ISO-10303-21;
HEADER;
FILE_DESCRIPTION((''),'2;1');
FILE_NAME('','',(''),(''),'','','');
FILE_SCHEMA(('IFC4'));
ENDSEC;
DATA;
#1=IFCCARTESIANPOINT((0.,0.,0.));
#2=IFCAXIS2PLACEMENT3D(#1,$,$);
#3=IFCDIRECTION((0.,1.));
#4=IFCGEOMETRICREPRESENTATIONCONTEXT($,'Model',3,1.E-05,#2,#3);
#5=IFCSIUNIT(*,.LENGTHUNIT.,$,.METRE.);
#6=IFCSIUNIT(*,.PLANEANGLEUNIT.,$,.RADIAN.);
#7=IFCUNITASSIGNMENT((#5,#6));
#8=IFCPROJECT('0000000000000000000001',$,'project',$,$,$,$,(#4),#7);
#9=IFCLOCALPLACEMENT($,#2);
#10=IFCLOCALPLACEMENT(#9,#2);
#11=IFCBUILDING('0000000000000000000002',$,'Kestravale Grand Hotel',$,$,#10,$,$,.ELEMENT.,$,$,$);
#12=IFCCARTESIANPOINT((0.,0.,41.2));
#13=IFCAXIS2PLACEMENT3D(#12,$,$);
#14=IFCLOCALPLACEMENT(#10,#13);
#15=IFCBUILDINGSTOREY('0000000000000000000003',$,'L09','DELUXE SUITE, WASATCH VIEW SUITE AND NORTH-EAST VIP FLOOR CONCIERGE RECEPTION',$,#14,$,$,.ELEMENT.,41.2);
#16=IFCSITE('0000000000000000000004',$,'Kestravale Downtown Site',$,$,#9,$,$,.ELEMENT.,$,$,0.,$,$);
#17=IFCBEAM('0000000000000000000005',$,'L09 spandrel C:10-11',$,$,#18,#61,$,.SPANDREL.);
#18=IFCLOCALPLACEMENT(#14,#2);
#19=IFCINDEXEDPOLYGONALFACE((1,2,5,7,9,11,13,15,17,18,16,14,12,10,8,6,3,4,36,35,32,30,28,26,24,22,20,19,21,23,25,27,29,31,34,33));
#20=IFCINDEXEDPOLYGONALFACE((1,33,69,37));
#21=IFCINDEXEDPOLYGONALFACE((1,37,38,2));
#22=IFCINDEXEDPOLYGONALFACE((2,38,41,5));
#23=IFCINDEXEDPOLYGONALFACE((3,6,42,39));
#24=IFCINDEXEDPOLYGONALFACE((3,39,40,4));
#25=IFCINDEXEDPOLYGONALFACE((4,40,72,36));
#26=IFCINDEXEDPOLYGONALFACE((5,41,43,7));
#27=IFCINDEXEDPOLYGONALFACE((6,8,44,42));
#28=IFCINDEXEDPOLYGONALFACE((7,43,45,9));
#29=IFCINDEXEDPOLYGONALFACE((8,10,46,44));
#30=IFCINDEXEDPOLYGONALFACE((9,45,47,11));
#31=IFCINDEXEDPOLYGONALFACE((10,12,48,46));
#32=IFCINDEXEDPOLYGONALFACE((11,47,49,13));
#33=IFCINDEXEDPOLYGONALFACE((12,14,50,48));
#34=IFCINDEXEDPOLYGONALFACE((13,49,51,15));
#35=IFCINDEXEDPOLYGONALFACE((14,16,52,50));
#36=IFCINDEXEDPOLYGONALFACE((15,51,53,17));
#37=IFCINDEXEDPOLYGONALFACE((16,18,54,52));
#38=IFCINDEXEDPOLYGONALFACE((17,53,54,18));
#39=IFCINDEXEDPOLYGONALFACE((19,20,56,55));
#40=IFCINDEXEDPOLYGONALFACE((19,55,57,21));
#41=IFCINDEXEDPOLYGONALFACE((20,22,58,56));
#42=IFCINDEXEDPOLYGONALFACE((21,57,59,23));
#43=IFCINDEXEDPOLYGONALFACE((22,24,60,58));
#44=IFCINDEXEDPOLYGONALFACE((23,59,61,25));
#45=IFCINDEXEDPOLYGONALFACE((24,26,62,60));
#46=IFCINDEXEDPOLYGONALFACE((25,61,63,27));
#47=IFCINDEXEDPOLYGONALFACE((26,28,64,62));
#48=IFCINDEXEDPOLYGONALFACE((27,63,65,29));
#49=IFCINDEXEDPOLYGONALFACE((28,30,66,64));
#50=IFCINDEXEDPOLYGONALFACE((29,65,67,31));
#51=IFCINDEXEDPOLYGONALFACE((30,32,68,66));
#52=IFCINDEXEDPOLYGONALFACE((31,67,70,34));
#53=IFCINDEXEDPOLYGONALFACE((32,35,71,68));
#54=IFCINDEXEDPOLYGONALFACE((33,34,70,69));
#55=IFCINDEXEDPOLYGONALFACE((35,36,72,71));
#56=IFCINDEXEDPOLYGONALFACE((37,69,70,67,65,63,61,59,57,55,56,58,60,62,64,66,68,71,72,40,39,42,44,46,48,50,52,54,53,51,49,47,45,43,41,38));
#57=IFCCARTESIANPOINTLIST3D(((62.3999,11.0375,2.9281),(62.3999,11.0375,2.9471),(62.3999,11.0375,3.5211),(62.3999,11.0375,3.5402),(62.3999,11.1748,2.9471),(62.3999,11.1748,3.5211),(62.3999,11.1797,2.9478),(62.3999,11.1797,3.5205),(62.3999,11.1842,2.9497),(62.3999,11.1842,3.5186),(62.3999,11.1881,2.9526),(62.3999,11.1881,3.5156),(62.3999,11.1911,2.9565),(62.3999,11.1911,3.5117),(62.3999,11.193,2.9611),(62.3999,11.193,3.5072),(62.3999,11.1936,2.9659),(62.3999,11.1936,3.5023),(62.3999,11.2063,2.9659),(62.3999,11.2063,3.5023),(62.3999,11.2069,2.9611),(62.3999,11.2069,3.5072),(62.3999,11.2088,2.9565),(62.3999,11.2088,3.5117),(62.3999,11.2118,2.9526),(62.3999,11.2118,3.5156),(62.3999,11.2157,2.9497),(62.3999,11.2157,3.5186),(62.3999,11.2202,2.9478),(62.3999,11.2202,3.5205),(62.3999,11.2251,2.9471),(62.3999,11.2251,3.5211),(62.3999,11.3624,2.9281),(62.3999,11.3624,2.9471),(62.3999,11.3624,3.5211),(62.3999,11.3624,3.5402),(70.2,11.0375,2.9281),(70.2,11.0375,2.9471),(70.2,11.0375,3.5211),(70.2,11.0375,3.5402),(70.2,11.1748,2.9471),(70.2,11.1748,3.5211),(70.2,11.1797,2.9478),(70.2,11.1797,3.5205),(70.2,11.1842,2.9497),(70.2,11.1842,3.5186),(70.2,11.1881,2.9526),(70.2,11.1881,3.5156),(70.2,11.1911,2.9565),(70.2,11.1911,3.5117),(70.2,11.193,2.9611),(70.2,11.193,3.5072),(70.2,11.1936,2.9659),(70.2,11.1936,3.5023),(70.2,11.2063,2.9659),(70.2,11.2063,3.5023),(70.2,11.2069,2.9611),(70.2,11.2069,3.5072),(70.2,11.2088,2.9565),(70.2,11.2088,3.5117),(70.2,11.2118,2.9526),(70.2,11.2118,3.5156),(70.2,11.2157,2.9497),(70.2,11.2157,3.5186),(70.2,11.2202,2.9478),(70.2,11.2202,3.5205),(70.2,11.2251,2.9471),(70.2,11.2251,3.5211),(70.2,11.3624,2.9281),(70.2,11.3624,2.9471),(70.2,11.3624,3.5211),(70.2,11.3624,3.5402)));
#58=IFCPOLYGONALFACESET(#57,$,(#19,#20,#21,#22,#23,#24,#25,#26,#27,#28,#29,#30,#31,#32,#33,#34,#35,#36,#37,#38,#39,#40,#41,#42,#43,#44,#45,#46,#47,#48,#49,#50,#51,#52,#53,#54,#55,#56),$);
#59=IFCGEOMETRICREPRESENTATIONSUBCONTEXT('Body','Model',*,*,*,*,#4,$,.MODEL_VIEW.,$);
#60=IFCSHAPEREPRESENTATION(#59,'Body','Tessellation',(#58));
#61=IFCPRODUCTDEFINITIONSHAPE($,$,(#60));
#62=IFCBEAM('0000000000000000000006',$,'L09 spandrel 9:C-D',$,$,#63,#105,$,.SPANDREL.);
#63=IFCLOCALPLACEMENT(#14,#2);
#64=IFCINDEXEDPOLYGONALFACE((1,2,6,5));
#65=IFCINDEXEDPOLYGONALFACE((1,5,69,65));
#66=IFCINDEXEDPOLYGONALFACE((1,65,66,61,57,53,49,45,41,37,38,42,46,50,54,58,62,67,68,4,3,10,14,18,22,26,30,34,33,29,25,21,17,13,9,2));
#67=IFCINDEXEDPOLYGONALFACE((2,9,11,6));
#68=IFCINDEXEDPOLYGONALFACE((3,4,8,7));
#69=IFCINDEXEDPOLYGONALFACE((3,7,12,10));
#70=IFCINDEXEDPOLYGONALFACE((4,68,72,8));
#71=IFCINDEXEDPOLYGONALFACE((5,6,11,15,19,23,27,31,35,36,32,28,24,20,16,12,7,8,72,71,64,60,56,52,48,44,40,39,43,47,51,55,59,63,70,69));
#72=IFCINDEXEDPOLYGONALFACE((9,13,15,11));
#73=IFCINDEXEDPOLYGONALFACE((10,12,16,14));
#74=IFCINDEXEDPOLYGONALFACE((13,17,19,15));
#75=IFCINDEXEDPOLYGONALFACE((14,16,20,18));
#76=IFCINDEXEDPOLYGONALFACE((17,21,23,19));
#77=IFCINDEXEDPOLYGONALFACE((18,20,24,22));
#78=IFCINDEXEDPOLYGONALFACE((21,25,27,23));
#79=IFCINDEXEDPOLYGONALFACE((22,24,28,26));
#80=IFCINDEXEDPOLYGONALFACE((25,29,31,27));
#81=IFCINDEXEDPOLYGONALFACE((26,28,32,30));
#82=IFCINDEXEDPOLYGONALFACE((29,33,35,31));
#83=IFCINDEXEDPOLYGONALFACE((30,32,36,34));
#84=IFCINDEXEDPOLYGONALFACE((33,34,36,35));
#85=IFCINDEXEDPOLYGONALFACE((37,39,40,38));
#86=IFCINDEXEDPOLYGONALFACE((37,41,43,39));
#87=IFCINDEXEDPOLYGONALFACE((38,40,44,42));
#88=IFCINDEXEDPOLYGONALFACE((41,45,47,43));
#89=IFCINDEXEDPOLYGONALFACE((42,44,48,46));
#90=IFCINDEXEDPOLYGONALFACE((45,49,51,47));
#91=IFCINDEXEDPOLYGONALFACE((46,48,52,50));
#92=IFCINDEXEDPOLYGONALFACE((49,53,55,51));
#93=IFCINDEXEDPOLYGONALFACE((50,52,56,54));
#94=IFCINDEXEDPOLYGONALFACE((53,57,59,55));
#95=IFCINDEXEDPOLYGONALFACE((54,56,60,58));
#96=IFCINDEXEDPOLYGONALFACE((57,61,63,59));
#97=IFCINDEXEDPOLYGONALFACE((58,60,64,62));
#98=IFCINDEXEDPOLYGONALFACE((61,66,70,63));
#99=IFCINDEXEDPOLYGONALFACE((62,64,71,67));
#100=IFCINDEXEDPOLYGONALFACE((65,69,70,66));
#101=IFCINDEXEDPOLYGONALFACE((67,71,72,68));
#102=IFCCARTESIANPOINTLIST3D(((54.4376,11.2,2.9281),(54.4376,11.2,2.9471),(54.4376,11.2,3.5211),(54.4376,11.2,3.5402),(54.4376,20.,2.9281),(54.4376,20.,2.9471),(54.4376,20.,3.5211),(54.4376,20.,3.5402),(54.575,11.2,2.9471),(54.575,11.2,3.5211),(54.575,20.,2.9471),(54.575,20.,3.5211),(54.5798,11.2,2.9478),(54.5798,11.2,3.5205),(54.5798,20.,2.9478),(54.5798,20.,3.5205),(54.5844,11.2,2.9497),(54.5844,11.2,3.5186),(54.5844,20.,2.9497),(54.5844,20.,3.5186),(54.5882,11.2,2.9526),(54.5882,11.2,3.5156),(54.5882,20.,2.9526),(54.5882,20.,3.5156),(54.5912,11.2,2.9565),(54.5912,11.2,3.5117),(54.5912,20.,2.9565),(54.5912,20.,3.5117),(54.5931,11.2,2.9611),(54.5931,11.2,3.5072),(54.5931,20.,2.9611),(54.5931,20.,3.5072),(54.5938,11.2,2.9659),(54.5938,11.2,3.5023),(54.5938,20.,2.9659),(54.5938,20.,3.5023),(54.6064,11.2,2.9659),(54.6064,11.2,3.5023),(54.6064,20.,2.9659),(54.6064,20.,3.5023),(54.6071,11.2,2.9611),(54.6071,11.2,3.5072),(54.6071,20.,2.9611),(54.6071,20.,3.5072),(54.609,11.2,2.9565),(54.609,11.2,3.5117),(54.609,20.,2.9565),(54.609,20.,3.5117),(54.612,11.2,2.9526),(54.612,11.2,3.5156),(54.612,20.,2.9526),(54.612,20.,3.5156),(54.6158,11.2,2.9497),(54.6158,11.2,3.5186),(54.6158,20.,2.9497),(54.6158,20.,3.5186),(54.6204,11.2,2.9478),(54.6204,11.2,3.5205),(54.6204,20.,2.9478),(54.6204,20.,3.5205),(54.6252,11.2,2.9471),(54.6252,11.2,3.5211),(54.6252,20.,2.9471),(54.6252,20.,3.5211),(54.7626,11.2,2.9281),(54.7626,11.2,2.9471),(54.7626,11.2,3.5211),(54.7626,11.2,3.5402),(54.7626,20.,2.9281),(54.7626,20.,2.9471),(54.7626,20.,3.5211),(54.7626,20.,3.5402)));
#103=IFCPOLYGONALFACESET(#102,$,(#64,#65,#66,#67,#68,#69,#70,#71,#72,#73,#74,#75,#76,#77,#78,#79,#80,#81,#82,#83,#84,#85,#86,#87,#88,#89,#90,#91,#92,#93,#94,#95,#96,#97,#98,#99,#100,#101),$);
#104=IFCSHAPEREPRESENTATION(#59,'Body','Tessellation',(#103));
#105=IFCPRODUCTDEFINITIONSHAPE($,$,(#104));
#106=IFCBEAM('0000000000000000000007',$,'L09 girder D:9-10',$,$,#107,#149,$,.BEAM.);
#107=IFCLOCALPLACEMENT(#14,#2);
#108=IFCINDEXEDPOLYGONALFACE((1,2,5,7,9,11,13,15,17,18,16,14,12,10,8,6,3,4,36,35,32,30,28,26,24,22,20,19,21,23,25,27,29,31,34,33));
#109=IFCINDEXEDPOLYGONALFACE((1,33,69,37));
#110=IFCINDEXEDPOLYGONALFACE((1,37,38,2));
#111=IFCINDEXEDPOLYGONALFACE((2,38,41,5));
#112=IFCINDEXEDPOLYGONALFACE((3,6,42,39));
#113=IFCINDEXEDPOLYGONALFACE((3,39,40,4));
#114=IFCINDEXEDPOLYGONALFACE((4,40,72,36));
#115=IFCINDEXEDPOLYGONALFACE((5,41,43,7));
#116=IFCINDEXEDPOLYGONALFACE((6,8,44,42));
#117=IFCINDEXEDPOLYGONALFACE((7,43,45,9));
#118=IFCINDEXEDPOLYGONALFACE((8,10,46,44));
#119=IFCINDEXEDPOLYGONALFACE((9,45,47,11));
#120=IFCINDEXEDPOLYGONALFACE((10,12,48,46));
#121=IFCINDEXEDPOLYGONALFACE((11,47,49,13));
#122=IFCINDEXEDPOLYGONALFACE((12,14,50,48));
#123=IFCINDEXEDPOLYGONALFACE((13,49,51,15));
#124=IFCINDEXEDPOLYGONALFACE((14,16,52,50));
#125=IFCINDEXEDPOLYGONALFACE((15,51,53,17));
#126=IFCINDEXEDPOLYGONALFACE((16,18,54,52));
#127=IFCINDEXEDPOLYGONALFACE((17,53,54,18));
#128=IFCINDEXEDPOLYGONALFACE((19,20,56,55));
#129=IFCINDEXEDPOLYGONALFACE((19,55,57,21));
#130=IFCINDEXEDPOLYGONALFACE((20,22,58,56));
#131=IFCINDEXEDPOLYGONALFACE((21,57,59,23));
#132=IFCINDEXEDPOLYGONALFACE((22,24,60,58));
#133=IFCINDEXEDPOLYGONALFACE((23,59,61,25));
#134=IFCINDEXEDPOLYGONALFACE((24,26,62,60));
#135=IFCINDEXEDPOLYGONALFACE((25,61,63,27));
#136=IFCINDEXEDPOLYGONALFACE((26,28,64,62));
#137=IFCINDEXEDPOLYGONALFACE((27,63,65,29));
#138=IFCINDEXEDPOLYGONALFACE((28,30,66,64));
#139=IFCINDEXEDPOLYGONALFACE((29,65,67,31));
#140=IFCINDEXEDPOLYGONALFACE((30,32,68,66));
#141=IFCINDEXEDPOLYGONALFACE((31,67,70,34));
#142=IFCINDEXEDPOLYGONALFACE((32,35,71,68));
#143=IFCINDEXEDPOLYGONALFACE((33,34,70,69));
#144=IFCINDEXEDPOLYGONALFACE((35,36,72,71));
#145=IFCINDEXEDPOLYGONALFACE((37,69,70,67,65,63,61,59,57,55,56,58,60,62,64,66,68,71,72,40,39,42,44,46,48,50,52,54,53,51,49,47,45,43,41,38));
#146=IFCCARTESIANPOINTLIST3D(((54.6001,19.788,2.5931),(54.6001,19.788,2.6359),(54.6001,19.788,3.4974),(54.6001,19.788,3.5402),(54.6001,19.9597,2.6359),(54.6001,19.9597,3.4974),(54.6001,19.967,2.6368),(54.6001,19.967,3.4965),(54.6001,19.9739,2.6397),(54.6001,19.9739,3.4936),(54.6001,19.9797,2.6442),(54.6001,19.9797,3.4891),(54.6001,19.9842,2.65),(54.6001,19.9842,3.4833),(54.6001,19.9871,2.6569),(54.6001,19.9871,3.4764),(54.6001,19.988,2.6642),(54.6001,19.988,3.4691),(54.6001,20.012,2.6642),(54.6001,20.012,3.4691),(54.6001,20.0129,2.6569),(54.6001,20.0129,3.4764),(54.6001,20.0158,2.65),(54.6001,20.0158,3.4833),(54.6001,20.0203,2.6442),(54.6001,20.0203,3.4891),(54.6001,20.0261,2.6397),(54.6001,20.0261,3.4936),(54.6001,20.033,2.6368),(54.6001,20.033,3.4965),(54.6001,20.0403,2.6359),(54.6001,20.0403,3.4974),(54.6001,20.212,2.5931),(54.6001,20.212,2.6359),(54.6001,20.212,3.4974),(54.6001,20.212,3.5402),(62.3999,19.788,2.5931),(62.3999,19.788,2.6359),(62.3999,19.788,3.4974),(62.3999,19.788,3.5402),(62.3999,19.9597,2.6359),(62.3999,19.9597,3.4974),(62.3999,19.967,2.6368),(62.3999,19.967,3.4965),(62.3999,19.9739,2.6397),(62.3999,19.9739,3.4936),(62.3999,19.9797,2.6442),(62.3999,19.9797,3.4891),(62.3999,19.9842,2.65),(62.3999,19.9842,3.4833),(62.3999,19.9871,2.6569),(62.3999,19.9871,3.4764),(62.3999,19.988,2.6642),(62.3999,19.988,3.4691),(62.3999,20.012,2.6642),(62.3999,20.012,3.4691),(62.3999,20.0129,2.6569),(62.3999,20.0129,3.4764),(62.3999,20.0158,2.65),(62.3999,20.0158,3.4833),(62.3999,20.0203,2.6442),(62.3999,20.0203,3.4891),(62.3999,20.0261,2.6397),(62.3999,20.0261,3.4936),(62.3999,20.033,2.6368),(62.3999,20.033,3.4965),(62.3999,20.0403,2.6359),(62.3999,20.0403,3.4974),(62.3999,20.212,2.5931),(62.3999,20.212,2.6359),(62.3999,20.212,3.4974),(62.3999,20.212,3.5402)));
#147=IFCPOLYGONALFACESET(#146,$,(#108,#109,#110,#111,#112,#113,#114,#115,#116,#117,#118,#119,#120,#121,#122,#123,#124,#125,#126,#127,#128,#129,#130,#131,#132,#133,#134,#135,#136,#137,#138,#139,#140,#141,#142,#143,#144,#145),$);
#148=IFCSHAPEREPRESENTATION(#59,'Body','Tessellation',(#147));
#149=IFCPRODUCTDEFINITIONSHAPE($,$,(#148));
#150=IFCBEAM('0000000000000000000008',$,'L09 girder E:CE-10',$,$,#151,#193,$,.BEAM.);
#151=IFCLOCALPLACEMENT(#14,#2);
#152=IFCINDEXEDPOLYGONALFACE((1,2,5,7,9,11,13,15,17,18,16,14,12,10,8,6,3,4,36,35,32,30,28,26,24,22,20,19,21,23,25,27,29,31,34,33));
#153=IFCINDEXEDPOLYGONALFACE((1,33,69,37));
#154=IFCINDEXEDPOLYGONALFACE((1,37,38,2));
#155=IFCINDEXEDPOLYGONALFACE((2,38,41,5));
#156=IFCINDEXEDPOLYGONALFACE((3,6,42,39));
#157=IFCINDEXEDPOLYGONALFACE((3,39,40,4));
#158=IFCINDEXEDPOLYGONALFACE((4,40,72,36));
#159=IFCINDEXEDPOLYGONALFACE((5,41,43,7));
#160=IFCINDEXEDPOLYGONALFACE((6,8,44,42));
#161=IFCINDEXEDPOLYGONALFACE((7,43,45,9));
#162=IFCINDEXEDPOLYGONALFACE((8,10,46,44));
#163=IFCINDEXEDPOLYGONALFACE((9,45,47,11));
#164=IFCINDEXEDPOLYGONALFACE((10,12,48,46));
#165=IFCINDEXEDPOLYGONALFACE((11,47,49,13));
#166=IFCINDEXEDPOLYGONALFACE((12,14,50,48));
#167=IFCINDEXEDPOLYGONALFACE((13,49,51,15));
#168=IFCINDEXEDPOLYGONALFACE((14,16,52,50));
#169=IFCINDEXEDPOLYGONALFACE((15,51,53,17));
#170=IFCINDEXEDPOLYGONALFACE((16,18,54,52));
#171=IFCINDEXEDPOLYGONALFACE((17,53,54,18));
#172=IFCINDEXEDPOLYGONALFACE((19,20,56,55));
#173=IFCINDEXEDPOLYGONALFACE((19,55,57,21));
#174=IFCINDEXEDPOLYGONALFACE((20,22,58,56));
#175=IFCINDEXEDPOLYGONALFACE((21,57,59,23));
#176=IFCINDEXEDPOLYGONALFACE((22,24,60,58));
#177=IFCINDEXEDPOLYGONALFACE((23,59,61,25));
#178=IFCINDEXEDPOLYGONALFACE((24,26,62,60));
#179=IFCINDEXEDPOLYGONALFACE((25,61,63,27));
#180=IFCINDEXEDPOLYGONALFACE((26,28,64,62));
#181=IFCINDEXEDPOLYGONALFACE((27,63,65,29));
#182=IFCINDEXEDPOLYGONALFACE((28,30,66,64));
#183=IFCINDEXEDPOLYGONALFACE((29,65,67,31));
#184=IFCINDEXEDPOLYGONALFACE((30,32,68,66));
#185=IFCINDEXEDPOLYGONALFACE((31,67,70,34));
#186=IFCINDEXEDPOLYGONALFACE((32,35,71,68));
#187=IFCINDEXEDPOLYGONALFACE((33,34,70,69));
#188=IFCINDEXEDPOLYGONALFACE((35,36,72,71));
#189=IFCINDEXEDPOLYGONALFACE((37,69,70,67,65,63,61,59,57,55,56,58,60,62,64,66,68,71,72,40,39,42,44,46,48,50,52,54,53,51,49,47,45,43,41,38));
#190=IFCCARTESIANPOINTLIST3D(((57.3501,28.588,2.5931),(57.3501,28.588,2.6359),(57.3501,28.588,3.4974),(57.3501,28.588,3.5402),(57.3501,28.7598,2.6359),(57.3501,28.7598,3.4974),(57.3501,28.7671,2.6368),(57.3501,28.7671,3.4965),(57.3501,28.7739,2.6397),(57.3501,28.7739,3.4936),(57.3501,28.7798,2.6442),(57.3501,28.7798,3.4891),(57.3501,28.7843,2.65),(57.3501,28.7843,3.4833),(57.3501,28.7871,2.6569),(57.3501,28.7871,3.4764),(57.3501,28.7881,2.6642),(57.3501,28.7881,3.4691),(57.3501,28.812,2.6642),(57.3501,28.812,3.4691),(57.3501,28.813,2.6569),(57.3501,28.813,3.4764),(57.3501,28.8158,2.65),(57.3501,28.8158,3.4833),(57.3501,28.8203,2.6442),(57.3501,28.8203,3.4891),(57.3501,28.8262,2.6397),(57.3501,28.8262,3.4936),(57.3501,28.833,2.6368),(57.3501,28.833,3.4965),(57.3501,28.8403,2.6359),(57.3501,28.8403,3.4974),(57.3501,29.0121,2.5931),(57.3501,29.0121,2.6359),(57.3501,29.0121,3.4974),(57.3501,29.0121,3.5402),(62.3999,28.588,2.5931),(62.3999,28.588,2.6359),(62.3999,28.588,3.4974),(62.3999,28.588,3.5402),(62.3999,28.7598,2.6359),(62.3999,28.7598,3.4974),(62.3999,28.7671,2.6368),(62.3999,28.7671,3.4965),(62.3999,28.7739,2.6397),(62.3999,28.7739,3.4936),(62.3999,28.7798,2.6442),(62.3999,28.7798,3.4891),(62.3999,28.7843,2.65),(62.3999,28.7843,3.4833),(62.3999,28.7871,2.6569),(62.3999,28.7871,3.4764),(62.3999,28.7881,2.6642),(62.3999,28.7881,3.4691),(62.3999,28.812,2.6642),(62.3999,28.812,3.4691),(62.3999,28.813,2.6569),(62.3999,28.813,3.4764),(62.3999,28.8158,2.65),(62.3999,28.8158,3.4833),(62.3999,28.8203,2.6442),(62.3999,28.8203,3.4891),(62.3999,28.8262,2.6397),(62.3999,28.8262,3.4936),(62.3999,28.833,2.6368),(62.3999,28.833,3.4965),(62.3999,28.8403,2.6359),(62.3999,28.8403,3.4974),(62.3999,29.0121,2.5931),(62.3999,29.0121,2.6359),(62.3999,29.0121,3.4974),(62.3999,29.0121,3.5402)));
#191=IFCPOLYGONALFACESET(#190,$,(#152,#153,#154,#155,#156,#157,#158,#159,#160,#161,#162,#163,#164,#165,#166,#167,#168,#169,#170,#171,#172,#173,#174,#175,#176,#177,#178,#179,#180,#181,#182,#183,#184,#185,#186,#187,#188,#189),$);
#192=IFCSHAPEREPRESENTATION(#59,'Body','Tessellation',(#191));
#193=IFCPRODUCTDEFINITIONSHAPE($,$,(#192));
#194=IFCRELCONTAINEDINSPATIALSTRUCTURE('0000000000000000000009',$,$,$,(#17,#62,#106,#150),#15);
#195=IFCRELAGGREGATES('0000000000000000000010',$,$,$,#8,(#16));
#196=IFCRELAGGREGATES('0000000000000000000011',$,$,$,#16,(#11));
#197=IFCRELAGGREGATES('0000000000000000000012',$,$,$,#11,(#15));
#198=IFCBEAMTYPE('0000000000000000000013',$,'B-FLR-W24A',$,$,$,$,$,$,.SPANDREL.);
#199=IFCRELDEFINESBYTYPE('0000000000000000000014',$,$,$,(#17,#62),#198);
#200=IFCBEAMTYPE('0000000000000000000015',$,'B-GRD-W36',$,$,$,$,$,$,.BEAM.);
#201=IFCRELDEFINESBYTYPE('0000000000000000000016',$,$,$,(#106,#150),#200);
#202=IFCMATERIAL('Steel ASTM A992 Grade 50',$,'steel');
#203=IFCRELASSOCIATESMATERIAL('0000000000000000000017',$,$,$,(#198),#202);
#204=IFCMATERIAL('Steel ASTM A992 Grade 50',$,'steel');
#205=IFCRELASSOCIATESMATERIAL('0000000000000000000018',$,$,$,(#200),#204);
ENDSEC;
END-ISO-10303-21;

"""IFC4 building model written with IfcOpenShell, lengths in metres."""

from ifc_helpers import new_model, si_unit, direction, frame, origin, origin_2d, place, context, subcontext, project, spatial, i_section, extrude, material, material_profile, profile_set, type_object, element, save


model = new_model("IFC4")

# Units and contexts
model_context = context("Model", 3, precision=1e-05, world=origin(), true_north=direction((0.0, 1.0)))
body_context = subcontext(model_context, "Body", "Model", "MODEL_VIEW")
ifc_project = project(units=[si_unit("LENGTHUNIT", "METRE"), si_unit("PLANEANGLEUNIT", "RADIAN")], contexts=[model_context])

# Site, building, storey
site_placement = place(None, origin())
site = spatial("IfcSite", under=ifc_project, at=site_placement, Name="Kestravale Downtown Site", CompositionType="ELEMENT", RefElevation=0.0)
building_placement = place(site_placement, origin())
building = spatial("IfcBuilding", under=site, at=building_placement, Name="Kestravale Grand Hotel", CompositionType="ELEMENT")
storey_placement = place(building_placement, frame((0.0, 0.0, 41.2)))
storey = spatial("IfcBuildingStorey", under=building, at=storey_placement, Name="L09", Description="DELUXE SUITE, WASATCH VIEW SUITE AND NORTH-EAST VIP FLOOR CONCIERGE RECEPTION", CompositionType="ELEMENT", Elevation=41.2)

# Beams
ifc_material_1 = material(Name="Steel ASTM A992 Grade 50", Category="steel")
ifc_material_profile_1 = material_profile(ifc_material_1, i_section(OverallWidth=0.325, OverallDepth=0.6121, WebThickness=0.0127, FlangeThickness=0.019, FilletRadius=0.0188, at=origin_2d()))
ifc_profile_set_1 = profile_set([ifc_material_profile_1], Name="Steel ASTM A992 Grade 50")
beam_type_1 = type_object("IfcBeamType", Name="B-FLR-W24A", PredefinedType="SPANDREL", material=ifc_profile_set_1)
beam_1_placement = place(storey_placement, frame((62.3999, 11.2, 3.2341), z_axis=(1.0, 0.0, 0.0), x_axis=(0.0, 1.0, 0.0)))
element("IfcBeam", 1, at=beam_1_placement, inside=storey, type_object=beam_type_1, Name="L09 spandrel C:10-11", PredefinedType="SPANDREL", context=body_context, shape_type="SweptSolid", body=[
    extrude(i_section(OverallWidth=0.325, OverallDepth=0.6121, WebThickness=0.0127, FlangeThickness=0.019, FilletRadius=0.0188, at=origin_2d()), origin(), (0.0, 0.0, 1.0), 7.8),
])
beam_2_placement = place(storey_placement, frame((54.6001, 11.2, 3.2341), z_axis=(0.0, 1.0, 0.0), x_axis=(-1.0, 0.0, 0.0)))
element("IfcBeam", 2, at=beam_2_placement, inside=storey, type_object=beam_type_1, Name="L09 spandrel 9:C-D", PredefinedType="SPANDREL", context=body_context, shape_type="SweptSolid", body=[
    extrude(i_section(OverallWidth=0.325, OverallDepth=0.6121, WebThickness=0.0127, FlangeThickness=0.019, FilletRadius=0.0188, at=origin_2d()), origin(), (0.0, 0.0, 1.0), 8.8),
])
ifc_material_2 = material(Name="Steel ASTM A992 Grade 50", Category="steel")
ifc_material_profile_2 = material_profile(ifc_material_2, i_section(OverallWidth=0.4241, OverallDepth=0.947, WebThickness=0.0239, FlangeThickness=0.0427, FilletRadius=0.0283, at=origin_2d()))
ifc_profile_set_2 = profile_set([ifc_material_profile_2], Name="Steel ASTM A992 Grade 50")
beam_type_2 = type_object("IfcBeamType", Name="B-GRD-W36", PredefinedType="BEAM", material=ifc_profile_set_2)
beam_3_placement = place(storey_placement, frame((54.6001, 20.0, 3.0667), z_axis=(1.0, 0.0, 0.0), x_axis=(0.0, 1.0, 0.0)))
element("IfcBeam", 3, at=beam_3_placement, inside=storey, type_object=beam_type_2, Name="L09 girder D:9-10", PredefinedType="BEAM", context=body_context, shape_type="SweptSolid", body=[
    extrude(i_section(OverallWidth=0.4241, OverallDepth=0.947, WebThickness=0.0239, FlangeThickness=0.0427, FilletRadius=0.0283, at=origin_2d()), origin(), (0.0, 0.0, 1.0), 7.7998),
])
beam_4_placement = place(storey_placement, frame((57.3501, 28.8, 3.0667), z_axis=(1.0, 0.0, 0.0), x_axis=(0.0, 1.0, 0.0)))
element("IfcBeam", 4, at=beam_4_placement, inside=storey, type_object=beam_type_2, Name="L09 girder E:CE-10", PredefinedType="BEAM", context=body_context, shape_type="SweptSolid", body=[
    extrude(i_section(OverallWidth=0.4241, OverallDepth=0.947, WebThickness=0.0239, FlangeThickness=0.0427, FilletRadius=0.0283, at=origin_2d()), origin(), (0.0, 0.0, 1.0), 5.0498),
])

save(model, "model.ifc")
